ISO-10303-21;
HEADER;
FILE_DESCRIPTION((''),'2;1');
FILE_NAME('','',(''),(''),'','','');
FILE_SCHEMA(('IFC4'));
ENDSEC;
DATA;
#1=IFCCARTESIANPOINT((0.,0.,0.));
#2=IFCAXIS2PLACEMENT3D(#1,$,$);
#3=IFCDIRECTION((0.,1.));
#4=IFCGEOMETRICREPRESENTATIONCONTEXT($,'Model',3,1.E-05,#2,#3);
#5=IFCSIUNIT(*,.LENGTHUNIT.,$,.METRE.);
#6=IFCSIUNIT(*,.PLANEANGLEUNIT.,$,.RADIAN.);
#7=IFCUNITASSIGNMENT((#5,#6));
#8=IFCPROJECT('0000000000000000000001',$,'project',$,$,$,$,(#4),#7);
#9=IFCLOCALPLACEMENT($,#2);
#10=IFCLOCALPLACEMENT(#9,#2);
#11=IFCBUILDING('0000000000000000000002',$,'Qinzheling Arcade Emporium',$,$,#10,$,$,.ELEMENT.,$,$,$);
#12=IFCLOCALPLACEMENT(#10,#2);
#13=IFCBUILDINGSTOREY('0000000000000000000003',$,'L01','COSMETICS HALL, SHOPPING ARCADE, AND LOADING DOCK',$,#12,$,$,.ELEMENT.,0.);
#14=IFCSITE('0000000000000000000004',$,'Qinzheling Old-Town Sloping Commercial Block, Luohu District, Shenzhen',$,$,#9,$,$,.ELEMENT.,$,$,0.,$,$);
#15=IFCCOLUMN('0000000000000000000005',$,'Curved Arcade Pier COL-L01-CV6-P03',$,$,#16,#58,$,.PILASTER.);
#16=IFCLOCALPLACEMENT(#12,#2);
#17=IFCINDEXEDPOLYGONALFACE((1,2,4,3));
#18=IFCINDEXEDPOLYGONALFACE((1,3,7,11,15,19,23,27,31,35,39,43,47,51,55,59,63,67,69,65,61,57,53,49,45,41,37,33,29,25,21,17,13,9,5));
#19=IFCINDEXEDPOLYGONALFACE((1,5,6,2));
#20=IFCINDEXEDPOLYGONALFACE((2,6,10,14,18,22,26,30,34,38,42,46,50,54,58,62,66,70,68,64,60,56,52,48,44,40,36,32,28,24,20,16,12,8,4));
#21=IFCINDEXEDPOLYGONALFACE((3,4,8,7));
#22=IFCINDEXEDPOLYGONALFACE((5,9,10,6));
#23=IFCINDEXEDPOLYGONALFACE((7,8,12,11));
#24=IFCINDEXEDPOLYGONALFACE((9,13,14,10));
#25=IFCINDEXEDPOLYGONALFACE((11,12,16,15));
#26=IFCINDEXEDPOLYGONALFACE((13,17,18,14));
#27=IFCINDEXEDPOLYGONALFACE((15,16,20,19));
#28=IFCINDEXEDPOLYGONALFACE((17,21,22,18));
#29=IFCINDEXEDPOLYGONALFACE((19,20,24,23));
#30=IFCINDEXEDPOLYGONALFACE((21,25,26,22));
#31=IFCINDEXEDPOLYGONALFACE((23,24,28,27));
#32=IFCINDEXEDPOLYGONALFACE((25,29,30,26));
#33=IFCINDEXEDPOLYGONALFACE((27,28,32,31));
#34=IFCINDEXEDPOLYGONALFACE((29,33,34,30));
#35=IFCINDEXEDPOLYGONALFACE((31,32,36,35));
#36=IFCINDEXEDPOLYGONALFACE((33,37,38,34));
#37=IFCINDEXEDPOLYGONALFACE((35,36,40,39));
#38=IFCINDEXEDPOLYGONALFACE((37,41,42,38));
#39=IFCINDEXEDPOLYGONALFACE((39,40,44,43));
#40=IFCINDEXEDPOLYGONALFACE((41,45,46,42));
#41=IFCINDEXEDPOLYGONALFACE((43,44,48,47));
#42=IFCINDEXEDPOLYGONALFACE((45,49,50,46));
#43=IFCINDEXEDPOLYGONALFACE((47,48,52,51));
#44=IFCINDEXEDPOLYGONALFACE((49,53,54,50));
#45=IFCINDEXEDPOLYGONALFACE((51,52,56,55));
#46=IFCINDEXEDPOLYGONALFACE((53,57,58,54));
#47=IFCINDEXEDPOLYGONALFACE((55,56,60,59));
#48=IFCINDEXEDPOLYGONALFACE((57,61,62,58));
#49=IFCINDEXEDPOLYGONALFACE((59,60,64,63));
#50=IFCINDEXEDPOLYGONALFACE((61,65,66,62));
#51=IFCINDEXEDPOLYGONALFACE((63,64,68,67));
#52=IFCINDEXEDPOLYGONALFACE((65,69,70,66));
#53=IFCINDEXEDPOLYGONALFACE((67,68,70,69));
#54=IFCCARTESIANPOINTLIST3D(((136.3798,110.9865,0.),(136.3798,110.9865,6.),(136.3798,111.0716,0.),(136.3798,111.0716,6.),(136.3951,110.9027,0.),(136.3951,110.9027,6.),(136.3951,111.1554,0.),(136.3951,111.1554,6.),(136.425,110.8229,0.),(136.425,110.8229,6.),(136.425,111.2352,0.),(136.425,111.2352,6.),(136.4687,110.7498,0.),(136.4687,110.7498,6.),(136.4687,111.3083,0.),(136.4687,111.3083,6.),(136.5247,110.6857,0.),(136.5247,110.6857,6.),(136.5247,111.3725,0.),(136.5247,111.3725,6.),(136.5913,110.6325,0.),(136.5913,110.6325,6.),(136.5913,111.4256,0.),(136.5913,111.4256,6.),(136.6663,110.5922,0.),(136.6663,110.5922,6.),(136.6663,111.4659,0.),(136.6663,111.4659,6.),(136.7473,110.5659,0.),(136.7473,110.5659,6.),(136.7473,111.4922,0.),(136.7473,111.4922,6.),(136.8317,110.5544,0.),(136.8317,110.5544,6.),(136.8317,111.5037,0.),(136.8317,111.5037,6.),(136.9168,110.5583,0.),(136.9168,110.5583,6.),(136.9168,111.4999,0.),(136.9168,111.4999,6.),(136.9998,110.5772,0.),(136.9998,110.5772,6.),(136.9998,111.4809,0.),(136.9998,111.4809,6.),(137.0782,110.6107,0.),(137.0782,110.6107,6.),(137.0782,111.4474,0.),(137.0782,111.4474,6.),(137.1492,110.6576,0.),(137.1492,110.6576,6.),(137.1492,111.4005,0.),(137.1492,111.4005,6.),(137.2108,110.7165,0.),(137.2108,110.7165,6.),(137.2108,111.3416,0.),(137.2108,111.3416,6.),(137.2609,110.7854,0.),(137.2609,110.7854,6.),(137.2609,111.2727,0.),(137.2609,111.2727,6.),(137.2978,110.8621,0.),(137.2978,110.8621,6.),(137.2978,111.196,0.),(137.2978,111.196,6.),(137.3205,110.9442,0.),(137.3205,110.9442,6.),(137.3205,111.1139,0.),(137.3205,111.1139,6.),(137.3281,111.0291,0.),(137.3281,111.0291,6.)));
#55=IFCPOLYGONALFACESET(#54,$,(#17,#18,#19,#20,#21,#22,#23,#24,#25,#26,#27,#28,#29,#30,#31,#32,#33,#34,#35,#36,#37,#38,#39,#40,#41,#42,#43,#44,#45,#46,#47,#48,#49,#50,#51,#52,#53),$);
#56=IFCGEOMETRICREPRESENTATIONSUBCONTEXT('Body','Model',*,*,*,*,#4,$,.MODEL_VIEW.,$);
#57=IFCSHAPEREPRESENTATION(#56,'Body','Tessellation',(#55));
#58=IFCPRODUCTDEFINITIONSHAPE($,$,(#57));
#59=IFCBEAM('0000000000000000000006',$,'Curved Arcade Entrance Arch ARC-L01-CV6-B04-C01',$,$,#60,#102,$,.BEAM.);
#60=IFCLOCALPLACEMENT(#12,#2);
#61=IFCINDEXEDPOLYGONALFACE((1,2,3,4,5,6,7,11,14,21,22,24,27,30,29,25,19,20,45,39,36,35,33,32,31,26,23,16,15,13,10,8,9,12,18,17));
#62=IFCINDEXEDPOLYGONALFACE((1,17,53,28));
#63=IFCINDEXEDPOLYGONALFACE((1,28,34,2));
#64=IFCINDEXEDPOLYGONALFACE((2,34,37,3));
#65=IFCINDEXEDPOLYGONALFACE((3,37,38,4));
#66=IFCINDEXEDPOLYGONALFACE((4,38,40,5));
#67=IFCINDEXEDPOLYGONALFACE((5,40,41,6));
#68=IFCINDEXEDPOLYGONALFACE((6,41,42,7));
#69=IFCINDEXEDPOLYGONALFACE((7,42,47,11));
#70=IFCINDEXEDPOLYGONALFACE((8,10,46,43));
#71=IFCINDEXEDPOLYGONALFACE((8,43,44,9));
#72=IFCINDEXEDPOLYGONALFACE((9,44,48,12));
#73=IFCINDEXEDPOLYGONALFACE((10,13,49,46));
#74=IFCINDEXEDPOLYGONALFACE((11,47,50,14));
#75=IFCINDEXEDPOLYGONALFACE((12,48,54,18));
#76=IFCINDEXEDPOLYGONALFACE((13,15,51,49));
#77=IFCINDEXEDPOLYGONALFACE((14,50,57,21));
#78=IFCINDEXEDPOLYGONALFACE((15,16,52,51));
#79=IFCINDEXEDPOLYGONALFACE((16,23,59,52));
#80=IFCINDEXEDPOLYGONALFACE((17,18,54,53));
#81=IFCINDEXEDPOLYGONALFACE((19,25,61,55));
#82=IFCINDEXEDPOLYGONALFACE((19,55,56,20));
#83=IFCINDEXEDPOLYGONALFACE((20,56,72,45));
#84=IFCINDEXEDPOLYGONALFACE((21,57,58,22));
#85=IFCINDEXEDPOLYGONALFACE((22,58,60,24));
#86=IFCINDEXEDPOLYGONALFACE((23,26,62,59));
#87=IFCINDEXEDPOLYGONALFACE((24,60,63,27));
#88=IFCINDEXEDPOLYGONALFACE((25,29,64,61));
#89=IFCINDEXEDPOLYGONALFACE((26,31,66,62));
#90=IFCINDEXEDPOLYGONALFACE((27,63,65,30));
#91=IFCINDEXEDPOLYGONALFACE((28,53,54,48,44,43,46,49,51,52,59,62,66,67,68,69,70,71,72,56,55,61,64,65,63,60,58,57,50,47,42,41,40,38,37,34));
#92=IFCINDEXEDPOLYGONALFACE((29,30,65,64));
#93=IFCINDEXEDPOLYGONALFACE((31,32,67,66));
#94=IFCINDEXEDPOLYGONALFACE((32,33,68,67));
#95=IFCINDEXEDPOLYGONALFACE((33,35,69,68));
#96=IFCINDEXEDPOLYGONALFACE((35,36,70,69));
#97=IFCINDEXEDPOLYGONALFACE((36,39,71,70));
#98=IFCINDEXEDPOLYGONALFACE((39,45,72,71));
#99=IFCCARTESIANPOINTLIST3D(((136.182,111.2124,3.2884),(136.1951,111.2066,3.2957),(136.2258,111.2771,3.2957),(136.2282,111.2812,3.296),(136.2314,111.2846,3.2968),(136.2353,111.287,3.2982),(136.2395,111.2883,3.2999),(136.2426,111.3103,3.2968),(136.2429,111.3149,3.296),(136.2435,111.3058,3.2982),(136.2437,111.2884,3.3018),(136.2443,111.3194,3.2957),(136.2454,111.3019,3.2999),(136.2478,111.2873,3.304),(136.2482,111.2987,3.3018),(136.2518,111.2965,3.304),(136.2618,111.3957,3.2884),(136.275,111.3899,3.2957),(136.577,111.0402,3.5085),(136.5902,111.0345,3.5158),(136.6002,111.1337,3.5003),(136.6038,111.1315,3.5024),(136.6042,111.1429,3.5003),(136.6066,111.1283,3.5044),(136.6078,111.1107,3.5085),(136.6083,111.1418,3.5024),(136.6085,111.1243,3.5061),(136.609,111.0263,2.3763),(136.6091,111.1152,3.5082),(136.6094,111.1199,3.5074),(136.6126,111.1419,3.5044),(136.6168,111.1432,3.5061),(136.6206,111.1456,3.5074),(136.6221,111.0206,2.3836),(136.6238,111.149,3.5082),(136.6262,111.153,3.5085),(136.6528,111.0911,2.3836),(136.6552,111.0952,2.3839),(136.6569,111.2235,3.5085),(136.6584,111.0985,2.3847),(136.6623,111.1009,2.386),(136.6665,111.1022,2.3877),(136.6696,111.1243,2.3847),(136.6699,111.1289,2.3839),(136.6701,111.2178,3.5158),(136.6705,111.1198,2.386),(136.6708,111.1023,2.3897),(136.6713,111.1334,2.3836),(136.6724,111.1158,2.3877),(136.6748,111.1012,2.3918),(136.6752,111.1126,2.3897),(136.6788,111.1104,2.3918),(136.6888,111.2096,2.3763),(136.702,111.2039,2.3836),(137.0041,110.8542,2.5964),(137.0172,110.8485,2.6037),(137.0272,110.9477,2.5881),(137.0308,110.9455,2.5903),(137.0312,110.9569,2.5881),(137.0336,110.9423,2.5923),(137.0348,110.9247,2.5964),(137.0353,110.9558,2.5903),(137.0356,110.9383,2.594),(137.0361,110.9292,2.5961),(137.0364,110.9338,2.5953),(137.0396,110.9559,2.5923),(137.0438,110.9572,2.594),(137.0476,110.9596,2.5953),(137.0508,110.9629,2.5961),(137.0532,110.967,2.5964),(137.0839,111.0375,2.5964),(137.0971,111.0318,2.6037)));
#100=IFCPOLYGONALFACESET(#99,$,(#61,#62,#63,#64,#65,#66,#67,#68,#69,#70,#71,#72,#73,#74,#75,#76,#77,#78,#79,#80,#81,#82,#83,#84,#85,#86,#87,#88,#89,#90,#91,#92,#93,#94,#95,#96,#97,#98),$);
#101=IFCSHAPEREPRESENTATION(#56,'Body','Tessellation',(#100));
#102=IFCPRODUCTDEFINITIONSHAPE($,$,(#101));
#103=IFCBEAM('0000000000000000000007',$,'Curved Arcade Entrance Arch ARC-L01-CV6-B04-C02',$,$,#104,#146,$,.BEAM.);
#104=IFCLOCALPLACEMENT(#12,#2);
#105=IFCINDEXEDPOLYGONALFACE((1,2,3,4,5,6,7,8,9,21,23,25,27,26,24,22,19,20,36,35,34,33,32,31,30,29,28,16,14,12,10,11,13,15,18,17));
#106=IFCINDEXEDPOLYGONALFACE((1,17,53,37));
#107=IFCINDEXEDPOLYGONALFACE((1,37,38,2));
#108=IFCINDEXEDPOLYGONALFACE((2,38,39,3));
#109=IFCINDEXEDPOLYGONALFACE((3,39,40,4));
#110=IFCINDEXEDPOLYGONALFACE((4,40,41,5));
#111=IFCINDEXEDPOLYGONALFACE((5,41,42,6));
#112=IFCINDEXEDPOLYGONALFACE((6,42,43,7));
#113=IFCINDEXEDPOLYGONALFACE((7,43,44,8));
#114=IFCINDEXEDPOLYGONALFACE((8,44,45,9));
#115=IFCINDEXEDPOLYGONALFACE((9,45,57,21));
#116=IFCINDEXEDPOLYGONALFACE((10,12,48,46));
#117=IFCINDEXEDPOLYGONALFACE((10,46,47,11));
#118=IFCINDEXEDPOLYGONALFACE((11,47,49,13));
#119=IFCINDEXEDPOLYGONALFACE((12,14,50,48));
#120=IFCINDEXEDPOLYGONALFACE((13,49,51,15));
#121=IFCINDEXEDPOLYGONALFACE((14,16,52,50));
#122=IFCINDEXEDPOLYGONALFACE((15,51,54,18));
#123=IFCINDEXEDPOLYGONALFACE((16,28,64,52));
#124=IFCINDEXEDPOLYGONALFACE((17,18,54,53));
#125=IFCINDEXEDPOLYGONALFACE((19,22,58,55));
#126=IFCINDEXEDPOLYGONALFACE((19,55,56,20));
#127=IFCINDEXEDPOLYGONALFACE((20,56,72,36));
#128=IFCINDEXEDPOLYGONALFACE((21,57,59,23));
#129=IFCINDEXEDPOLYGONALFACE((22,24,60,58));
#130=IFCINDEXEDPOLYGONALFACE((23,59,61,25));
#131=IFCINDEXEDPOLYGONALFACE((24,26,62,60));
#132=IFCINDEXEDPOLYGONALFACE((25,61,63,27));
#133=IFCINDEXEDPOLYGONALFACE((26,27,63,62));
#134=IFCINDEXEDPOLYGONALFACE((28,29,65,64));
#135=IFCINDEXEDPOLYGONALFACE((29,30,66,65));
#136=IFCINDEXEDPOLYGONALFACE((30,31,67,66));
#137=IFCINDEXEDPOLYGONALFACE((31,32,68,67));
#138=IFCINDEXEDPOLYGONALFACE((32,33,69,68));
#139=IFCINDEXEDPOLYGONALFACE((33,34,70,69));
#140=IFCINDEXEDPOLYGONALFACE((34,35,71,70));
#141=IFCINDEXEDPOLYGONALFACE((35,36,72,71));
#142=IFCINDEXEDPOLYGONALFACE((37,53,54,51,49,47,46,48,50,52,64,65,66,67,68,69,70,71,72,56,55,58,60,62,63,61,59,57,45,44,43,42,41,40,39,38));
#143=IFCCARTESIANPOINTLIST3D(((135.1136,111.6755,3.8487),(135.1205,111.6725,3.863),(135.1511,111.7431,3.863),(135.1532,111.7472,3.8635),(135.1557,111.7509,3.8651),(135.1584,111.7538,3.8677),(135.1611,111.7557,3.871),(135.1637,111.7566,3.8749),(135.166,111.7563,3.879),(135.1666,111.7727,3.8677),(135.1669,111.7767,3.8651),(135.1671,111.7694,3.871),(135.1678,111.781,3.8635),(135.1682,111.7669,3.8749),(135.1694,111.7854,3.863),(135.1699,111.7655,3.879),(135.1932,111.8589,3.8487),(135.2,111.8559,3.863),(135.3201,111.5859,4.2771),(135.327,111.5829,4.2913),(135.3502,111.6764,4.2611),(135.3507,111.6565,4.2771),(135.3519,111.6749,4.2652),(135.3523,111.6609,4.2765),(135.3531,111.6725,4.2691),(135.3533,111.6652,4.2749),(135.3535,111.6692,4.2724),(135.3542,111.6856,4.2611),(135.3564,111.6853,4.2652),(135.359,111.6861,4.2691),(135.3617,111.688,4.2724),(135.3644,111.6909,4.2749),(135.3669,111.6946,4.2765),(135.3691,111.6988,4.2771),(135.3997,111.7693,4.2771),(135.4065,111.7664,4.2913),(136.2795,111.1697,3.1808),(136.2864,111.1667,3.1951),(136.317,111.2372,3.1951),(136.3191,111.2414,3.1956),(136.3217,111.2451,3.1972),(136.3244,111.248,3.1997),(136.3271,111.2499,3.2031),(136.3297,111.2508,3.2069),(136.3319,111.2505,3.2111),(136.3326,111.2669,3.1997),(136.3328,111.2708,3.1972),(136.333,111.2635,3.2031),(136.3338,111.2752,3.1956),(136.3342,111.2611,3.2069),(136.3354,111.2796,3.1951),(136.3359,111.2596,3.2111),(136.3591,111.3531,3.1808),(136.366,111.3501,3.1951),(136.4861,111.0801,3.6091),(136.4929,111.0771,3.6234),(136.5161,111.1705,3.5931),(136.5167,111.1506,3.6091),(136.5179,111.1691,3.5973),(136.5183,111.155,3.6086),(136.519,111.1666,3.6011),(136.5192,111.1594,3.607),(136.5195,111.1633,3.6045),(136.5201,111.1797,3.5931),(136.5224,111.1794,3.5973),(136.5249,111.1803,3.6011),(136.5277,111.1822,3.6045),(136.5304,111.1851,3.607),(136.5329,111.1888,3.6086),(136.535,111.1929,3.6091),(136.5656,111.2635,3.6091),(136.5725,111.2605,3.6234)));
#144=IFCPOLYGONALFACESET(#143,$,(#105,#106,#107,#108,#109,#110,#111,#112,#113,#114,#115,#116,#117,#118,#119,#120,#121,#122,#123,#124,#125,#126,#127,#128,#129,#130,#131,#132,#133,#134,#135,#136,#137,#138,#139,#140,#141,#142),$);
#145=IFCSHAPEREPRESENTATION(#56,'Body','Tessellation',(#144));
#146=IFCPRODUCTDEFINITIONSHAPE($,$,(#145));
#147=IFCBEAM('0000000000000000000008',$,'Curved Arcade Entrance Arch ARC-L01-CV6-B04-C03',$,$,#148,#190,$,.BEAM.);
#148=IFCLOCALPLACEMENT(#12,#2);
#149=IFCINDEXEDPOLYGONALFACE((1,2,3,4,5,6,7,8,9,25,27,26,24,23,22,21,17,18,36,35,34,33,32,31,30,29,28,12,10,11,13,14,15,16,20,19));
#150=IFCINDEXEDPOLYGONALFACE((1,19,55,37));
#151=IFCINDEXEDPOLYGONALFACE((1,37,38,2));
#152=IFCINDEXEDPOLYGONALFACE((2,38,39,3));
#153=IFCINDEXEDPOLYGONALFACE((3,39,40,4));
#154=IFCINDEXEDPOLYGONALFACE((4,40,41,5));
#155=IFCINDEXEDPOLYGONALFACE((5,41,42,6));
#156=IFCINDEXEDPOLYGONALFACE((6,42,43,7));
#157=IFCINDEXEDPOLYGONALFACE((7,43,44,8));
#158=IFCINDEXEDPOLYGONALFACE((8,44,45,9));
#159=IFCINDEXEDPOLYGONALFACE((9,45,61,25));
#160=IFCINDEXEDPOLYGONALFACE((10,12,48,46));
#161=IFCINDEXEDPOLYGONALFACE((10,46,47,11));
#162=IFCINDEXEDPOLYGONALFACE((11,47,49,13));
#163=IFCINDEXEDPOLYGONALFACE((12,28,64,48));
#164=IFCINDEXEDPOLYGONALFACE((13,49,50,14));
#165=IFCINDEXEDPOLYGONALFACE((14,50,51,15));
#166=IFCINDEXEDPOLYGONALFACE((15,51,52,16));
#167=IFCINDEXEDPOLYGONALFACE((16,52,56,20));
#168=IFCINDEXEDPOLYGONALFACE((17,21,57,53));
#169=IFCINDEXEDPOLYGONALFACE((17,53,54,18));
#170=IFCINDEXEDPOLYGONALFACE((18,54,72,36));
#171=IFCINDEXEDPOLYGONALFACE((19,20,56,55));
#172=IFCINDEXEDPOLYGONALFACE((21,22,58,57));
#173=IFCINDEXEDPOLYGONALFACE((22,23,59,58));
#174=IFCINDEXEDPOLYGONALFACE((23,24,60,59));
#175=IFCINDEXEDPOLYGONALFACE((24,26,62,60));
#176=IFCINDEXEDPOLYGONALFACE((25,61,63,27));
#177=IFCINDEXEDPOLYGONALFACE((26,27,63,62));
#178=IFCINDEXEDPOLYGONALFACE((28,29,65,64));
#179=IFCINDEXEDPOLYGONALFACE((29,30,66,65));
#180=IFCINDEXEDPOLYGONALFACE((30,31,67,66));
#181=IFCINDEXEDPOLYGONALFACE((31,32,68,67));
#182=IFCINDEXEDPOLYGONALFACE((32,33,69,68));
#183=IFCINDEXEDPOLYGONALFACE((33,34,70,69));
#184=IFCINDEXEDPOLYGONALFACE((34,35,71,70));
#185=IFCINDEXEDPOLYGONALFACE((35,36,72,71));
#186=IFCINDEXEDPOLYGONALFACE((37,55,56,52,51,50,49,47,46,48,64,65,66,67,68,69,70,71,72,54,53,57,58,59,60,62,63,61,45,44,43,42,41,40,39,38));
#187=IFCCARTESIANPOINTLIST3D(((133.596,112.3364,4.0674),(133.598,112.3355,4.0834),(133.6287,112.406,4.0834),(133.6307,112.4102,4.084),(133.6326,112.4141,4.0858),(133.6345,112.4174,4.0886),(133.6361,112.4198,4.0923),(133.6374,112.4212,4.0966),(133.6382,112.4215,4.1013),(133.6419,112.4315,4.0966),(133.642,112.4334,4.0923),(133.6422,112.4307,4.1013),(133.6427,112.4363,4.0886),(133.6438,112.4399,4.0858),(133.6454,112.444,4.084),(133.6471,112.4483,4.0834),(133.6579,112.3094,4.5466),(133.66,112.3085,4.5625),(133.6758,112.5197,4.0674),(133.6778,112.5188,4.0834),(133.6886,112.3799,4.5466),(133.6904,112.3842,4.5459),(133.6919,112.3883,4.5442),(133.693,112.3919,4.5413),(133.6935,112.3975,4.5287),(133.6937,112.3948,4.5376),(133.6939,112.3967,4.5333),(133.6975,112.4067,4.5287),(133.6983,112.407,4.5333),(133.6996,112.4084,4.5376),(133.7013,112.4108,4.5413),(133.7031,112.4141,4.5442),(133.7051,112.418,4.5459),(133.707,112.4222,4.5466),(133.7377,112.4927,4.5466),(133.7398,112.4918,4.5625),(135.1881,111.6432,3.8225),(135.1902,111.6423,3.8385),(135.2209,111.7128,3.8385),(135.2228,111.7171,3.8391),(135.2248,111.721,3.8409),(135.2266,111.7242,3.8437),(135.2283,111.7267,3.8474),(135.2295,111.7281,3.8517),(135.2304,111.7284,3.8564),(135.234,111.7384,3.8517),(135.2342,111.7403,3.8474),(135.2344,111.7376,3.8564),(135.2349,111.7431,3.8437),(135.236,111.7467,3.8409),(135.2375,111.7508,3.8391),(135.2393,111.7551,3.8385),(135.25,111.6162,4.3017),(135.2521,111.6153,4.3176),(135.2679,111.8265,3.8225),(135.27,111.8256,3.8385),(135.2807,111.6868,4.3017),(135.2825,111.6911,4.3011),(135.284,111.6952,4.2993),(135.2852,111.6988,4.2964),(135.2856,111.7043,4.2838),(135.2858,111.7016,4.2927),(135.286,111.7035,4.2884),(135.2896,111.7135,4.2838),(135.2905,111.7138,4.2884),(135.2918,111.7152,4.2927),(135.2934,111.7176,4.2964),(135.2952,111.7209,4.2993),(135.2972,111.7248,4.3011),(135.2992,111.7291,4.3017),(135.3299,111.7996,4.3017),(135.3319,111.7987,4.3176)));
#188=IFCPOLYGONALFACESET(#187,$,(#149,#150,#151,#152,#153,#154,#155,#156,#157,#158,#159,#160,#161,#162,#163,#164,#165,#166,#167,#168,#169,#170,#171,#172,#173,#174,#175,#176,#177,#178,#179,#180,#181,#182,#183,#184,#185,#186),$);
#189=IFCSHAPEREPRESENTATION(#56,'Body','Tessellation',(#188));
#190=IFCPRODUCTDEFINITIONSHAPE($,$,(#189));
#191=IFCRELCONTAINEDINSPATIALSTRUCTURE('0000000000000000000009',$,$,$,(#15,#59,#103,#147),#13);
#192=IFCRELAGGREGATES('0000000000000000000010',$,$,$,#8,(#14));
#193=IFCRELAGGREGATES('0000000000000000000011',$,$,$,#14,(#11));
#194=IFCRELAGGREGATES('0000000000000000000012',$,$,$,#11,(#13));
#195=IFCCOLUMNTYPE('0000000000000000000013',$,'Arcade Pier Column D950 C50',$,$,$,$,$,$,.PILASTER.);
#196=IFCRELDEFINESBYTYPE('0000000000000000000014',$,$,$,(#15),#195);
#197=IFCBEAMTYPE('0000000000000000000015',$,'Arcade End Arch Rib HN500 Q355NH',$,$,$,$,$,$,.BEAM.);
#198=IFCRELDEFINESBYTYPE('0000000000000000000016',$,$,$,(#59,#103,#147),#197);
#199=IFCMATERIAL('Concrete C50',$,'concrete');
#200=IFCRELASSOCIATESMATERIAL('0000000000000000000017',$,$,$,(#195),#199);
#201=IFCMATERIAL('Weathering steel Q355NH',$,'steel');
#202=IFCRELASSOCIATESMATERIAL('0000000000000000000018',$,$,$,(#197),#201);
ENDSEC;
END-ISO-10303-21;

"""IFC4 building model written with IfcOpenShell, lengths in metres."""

from ifc_helpers import new_model, si_unit, direction, frame, origin, origin_2d, place, context, subcontext, project, spatial, circle, i_section, extrude, material, material_profile, profile_set, type_object, element, save


model = new_model("IFC4")

# Units and contexts
model_context = context("Model", 3, precision=1e-05, world=origin(), true_north=direction((0.0, 1.0)))
body_context = subcontext(model_context, "Body", "Model", "MODEL_VIEW")
ifc_project = project(units=[si_unit("LENGTHUNIT", "METRE"), si_unit("PLANEANGLEUNIT", "RADIAN")], contexts=[model_context])

# Site, building, storey
site_placement = place(None, origin())
site = spatial("IfcSite", under=ifc_project, at=site_placement, Name="Qinzheling Old-Town Sloping Commercial Block, Luohu District, Shenzhen", CompositionType="ELEMENT", RefElevation=0.0)
building_placement = place(site_placement, origin())
building = spatial("IfcBuilding", under=site, at=building_placement, Name="Qinzheling Arcade Emporium", CompositionType="ELEMENT")
storey_placement = place(building_placement, origin())
storey = spatial("IfcBuildingStorey", under=building, at=storey_placement, Name="L01", Description="COSMETICS HALL, SHOPPING ARCADE, AND LOADING DOCK", CompositionType="ELEMENT", Elevation=0.0)

# Column
ifc_material_1 = material(Name="Concrete C50", Category="concrete")
ifc_material_profile_1 = material_profile(ifc_material_1, circle(Radius=0.4751, at=origin_2d()), Name="RC D950", Category="concrete")
ifc_profile_set_1 = profile_set([ifc_material_profile_1], Name="Concrete C50")
column_type = type_object("IfcColumnType", Name="Arcade Pier Column D950 C50", PredefinedType="PILASTER", material=ifc_profile_set_1)
column_placement = place(storey_placement, frame((136.853, 111.0291, 0.0), z_axis=(0.0, 0.0, 1.0), x_axis=(1.0, 0.0, 0.0)))
element("IfcColumn", 1, at=column_placement, inside=storey, type_object=column_type, Name="Curved Arcade Pier COL-L01-CV6-P03", PredefinedType="PILASTER", context=body_context, shape_type="SweptSolid", body=[
    extrude(circle(Radius=0.4751, at=origin_2d()), origin(), (0.0, 0.0, 1.0), 6.0),
])

# Beams
ifc_material_2 = material(Name="Weathering steel Q355NH", Category="steel")
ifc_material_profile_2 = material_profile(ifc_material_2, i_section(OverallWidth=0.2, OverallDepth=0.5, WebThickness=0.01, FlangeThickness=0.0161, FilletRadius=0.0181, at=origin_2d()), Name="HN 500x200x10x16", Category="steel")
ifc_profile_set_2 = profile_set([ifc_material_profile_2], Name="Weathering steel Q355NH")
beam_type_1 = type_object("IfcBeamType", Name="Arcade End Arch Rib HN500 Q355NH", PredefinedType="BEAM", material=ifc_profile_set_2)
beam_1_placement = place(storey_placement, frame((136.853, 111.0291, 2.49), z_axis=(-0.416933, 0.181648, 0.890601), x_axis=(-0.399416, -0.91677, 0.0)))
element("IfcBeam", 2, at=beam_1_placement, inside=storey, type_object=beam_type_1, Name="Curved Arcade Entrance Arch ARC-L01-CV6-B04-C01", PredefinedType="BEAM", context=body_context, shape_type="SweptSolid", body=[
    extrude(i_section(OverallWidth=0.2, OverallDepth=0.5, WebThickness=0.01, FlangeThickness=0.0161, FilletRadius=0.0181, at=origin_2d()), origin(), (0.0, 0.0, 1.0), 1.0242),
])
beam_2_placement = place(storey_placement, frame((136.426, 111.2151, 3.4021), z_axis=(-0.812073, 0.352306, 0.465208), x_axis=(-0.397996, -0.917387, 0.0)))
element("IfcBeam", 3, at=beam_2_placement, inside=storey, type_object=beam_type_1, Name="Curved Arcade Entrance Arch ARC-L01-CV6-B04-C02", PredefinedType="BEAM", context=body_context, shape_type="SweptSolid", body=[
    extrude(i_section(OverallWidth=0.2, OverallDepth=0.5, WebThickness=0.01, FlangeThickness=0.0161, FilletRadius=0.0181, at=origin_2d()), origin(), (0.0, 0.0, 1.0), 1.4358),
])
beam_3_placement = place(storey_placement, frame((135.26, 111.7209, 4.0701), z_axis=(-0.907892, 0.395262, 0.139644), x_axis=(-0.399173, -0.916875, 0.0)))
element("IfcBeam", 4, at=beam_3_placement, inside=storey, type_object=beam_type_1, Name="Curved Arcade Entrance Arch ARC-L01-CV6-B04-C03", PredefinedType="BEAM", context=body_context, shape_type="SweptSolid", body=[
    extrude(i_section(OverallWidth=0.2, OverallDepth=0.5, WebThickness=0.01, FlangeThickness=0.0161, FilletRadius=0.0181, at=origin_2d()), origin(), (0.0, 0.0, 1.0), 1.7537),
])

save(model, "model.ifc")
